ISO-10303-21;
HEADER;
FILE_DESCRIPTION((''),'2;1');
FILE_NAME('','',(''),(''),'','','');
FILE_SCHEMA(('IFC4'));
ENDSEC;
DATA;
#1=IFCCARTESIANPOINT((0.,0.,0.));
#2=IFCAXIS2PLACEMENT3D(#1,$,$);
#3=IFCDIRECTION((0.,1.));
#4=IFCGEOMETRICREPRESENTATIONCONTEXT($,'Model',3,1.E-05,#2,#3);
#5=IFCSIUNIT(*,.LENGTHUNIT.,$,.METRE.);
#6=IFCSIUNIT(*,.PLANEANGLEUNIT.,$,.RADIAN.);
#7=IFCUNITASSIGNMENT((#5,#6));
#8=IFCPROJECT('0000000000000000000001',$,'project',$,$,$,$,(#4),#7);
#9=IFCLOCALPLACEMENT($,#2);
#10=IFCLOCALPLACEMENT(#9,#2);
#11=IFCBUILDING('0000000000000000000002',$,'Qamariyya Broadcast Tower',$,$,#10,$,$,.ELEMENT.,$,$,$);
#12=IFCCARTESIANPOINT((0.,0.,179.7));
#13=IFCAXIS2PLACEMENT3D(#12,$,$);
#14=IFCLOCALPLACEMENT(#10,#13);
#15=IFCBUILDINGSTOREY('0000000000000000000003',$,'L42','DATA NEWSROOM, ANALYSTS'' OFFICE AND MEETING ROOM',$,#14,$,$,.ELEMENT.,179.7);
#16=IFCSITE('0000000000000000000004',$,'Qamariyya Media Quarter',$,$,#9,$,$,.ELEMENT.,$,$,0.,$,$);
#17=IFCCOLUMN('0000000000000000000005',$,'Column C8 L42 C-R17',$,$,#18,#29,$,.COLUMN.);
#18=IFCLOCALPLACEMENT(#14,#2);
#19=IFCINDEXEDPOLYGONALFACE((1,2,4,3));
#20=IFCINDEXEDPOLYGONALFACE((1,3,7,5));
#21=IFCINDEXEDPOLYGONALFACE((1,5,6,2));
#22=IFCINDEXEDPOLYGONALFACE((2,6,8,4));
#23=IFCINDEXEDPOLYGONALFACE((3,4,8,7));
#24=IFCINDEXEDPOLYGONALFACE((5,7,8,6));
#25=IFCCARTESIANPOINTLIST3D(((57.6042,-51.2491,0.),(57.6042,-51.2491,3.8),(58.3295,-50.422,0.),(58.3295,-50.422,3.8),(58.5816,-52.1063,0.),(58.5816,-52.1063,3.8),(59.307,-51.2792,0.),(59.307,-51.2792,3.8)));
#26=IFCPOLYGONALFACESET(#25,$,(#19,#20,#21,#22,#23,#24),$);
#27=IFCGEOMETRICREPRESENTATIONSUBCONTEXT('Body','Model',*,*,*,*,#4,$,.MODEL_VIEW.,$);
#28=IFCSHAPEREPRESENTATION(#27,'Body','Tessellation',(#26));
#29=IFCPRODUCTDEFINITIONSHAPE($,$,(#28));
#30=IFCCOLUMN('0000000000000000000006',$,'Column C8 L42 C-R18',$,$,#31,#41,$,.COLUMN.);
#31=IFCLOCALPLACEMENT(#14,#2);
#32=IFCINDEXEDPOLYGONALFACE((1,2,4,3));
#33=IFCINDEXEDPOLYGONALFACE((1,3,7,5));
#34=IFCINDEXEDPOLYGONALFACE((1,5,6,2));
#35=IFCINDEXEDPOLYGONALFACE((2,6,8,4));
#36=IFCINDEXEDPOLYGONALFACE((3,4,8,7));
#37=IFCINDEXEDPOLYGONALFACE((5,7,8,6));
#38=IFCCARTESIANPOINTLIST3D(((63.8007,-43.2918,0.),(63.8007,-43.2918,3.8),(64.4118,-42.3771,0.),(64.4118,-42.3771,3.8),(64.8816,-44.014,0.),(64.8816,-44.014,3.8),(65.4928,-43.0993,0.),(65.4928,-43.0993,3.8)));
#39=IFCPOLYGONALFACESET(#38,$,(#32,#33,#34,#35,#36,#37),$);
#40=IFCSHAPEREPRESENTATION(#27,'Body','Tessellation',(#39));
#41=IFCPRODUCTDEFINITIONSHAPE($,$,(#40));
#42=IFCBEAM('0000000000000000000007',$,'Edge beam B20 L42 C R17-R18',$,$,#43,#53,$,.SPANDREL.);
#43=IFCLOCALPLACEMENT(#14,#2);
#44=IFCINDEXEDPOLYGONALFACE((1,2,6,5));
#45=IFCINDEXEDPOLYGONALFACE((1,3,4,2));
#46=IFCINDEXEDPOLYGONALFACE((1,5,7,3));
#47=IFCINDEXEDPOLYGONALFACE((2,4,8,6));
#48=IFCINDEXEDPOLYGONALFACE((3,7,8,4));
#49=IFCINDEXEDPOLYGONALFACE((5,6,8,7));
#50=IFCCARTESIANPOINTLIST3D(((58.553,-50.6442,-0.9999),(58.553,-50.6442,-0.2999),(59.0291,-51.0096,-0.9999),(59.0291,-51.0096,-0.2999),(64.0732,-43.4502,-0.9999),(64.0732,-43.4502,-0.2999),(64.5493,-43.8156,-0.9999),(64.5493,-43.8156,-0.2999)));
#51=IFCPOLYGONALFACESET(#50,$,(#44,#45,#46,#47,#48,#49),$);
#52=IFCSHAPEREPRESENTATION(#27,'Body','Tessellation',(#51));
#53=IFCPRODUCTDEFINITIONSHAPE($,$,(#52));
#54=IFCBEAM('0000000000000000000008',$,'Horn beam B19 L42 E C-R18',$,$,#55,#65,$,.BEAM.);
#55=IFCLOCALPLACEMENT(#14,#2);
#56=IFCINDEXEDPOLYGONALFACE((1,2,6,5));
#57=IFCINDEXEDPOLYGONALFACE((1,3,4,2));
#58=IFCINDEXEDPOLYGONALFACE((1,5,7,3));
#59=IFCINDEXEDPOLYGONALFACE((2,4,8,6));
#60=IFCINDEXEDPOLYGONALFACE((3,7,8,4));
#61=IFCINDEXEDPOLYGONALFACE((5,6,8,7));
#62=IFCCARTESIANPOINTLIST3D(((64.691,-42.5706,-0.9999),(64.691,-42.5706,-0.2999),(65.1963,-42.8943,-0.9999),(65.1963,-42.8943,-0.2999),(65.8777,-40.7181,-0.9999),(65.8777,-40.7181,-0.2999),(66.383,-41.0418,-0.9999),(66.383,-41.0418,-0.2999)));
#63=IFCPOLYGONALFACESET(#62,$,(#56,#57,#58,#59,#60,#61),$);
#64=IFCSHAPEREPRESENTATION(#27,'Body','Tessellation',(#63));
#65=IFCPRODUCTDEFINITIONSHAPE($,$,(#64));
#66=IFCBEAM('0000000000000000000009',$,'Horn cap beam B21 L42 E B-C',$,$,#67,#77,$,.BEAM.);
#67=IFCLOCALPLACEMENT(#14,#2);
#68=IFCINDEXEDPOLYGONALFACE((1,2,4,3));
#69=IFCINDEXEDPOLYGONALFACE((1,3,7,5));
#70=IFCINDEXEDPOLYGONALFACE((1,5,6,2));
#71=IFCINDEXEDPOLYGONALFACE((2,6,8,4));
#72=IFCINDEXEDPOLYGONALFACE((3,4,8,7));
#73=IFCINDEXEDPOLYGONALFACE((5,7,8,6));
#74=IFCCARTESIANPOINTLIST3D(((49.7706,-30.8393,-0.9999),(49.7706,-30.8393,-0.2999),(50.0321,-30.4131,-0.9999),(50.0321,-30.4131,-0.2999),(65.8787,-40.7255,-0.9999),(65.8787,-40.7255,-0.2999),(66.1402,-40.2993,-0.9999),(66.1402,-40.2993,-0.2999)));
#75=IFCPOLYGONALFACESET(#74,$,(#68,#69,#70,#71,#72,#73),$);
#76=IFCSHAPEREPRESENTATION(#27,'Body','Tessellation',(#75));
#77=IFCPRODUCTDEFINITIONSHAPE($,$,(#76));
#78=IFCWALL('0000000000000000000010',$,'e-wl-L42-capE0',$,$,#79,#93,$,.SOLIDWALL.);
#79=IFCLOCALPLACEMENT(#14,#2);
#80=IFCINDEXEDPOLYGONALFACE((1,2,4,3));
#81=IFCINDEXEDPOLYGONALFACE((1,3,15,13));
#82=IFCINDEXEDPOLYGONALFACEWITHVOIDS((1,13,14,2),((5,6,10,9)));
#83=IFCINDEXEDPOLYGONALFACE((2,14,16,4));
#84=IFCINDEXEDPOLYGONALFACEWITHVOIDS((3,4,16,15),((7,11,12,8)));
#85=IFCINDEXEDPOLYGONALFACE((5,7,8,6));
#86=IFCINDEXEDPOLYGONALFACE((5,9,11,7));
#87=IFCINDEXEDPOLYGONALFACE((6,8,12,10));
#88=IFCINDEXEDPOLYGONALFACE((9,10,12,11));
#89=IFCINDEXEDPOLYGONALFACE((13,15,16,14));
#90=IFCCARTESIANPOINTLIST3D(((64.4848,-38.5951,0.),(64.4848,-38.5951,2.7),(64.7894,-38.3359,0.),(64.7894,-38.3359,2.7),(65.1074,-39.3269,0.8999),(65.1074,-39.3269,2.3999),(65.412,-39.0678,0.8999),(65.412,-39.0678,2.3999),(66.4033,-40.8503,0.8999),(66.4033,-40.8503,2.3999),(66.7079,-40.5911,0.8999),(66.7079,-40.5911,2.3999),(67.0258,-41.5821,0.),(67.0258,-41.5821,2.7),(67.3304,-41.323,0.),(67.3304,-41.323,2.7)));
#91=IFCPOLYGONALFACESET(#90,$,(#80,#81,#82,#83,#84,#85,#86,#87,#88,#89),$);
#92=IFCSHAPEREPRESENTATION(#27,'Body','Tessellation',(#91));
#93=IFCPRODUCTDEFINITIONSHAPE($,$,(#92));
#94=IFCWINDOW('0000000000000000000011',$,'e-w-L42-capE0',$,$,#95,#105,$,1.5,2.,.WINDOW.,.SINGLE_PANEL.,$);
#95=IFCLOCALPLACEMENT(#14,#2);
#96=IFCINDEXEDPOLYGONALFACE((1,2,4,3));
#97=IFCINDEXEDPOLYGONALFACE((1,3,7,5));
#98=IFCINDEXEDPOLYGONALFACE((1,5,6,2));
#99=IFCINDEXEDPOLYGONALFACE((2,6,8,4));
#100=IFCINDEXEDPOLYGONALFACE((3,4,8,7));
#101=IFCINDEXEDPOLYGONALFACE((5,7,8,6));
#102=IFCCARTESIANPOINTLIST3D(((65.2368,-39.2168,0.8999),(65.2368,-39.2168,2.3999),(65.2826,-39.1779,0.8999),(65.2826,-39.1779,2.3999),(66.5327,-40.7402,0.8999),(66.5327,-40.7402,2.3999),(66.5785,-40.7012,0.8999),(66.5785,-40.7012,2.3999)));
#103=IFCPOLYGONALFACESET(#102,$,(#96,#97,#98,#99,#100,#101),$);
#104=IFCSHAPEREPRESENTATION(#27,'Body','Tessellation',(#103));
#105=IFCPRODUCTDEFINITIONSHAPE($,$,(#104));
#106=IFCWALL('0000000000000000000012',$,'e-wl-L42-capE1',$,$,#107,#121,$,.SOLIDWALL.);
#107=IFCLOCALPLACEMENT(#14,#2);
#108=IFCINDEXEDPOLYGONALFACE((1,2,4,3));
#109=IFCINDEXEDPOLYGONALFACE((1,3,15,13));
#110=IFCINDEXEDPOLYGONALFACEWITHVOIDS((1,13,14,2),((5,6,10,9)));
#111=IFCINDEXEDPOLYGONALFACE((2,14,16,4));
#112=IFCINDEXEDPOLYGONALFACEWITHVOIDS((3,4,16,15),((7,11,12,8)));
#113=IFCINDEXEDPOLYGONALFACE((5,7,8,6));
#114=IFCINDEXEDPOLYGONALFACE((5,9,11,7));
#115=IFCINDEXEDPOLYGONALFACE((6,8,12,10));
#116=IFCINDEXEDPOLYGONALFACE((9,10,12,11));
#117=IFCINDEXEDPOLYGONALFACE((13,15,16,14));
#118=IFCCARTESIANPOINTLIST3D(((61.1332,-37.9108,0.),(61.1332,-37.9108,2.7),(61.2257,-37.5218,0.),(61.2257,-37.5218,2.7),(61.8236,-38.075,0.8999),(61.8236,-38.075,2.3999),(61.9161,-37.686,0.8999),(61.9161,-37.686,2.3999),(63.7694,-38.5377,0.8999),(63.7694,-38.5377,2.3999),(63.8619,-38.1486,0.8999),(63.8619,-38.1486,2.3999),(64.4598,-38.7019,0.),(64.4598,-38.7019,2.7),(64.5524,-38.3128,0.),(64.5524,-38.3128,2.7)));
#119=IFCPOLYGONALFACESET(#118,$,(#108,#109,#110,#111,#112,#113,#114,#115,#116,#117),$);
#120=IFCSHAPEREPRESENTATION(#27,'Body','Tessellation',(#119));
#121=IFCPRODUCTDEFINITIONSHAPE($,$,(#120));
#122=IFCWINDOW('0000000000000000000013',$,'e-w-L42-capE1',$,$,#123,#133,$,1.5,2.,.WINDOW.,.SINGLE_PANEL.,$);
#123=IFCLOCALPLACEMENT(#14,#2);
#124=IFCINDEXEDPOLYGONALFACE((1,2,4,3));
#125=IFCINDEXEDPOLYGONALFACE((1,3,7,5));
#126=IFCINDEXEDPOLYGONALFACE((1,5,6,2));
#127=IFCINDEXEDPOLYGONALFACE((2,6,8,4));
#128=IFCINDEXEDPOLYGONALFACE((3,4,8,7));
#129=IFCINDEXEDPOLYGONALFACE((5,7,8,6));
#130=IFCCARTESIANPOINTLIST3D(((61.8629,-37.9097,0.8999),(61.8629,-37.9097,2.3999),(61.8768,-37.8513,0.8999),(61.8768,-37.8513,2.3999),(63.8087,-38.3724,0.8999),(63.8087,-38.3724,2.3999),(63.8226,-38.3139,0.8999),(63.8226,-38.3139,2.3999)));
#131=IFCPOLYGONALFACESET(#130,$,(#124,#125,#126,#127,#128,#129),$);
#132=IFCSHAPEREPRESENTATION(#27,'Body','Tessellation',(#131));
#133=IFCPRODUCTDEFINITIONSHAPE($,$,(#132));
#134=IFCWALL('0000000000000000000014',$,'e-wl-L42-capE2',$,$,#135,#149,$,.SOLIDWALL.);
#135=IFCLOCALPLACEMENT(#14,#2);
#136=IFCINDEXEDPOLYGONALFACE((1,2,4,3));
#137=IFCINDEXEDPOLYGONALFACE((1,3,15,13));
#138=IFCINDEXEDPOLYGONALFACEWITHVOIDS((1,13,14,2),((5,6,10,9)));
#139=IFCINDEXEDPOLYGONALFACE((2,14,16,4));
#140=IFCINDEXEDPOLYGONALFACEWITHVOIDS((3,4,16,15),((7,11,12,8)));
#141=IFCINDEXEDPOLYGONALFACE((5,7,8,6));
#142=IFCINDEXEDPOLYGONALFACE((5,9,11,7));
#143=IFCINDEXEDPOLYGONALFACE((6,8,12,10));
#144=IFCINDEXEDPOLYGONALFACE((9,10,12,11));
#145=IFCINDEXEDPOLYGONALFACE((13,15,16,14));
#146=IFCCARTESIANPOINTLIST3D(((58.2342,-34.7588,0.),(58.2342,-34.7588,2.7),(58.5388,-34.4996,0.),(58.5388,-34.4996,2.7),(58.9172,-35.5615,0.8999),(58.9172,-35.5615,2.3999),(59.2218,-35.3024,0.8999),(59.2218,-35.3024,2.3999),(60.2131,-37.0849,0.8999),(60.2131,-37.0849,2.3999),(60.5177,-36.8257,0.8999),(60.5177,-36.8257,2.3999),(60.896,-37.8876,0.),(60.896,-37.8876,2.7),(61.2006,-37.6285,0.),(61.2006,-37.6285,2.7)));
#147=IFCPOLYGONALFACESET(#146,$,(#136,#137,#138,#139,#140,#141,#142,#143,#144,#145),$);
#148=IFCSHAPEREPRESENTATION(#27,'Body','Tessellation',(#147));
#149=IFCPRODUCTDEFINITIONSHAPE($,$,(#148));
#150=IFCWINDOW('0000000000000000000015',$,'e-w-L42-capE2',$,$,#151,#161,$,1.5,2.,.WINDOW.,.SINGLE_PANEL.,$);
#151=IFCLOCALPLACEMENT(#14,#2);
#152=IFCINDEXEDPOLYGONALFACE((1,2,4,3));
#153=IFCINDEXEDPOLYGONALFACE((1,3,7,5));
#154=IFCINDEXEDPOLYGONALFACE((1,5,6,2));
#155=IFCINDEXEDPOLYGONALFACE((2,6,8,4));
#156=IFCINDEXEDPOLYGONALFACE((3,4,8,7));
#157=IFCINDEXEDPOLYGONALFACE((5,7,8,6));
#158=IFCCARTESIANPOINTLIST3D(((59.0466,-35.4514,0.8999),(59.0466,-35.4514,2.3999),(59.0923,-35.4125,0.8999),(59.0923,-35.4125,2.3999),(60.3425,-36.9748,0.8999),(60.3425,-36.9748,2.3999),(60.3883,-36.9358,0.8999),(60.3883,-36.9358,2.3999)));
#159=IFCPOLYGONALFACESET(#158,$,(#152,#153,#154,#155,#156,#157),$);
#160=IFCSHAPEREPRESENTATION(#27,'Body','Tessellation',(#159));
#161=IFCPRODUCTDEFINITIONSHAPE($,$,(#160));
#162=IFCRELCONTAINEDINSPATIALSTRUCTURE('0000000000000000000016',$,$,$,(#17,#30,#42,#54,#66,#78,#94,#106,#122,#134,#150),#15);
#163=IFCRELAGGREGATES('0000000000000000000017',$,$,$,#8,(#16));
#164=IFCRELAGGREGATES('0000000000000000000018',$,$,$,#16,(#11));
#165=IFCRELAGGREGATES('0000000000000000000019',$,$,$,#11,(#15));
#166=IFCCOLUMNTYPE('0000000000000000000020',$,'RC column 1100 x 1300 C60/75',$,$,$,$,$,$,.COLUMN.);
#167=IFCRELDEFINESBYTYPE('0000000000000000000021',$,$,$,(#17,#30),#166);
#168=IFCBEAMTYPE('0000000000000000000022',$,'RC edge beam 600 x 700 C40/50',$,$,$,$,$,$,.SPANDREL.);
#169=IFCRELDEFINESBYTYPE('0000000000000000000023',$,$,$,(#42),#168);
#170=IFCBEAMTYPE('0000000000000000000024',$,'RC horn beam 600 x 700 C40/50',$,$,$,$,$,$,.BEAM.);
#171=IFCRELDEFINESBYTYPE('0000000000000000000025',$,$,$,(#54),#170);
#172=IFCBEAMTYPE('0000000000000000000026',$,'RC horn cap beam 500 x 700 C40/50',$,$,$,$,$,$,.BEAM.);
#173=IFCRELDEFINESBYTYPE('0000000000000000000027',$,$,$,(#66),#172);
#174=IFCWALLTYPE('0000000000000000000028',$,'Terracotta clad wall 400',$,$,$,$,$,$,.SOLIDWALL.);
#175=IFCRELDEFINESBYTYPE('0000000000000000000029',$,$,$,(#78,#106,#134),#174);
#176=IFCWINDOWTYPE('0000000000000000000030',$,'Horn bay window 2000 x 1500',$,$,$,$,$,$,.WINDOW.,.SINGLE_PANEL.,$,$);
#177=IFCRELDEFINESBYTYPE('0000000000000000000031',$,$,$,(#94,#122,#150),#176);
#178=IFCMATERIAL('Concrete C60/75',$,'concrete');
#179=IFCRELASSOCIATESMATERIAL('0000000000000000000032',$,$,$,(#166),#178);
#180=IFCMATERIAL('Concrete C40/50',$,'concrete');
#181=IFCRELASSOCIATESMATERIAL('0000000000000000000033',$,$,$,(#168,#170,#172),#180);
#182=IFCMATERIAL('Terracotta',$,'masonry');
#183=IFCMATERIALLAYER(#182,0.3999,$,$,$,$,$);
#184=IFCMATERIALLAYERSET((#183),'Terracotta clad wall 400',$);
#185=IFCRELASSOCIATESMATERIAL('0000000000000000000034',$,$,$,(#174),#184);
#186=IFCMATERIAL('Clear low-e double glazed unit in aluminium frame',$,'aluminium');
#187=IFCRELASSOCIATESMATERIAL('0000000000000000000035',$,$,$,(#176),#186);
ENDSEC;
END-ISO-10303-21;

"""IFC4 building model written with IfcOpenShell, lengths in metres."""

from ifc_helpers import new_model, si_unit, direction, frame, frame_2d, origin, origin_2d, place, context, subcontext, project, spatial, rectangle, extrude, material, layer, layer_set, material_profile, profile_set, type_object, element, fill, save


model = new_model("IFC4")

# Units and contexts
model_context = context("Model", 3, precision=1e-05, world=origin(), true_north=direction((0.0, 1.0)))
body_context = subcontext(model_context, "Body", "Model", "MODEL_VIEW")
ifc_project = project(units=[si_unit("LENGTHUNIT", "METRE"), si_unit("PLANEANGLEUNIT", "RADIAN")], contexts=[model_context])

# Site, building, storey
site_placement = place(None, origin())
site = spatial("IfcSite", under=ifc_project, at=site_placement, Name="Qamariyya Media Quarter", CompositionType="ELEMENT", RefElevation=0.0)
building_placement = place(site_placement, origin())
building = spatial("IfcBuilding", under=site, at=building_placement, Name="Qamariyya Broadcast Tower", CompositionType="ELEMENT")
storey_placement = place(building_placement, frame((0.0, 0.0, 179.7)))
storey = spatial("IfcBuildingStorey", under=building, at=storey_placement, Name="L42", Description="DATA NEWSROOM, ANALYSTS' OFFICE AND MEETING ROOM", CompositionType="ELEMENT", Elevation=179.7)

# Columns
ifc_material_1 = material(Name="Concrete C60/75", Category="concrete")
ifc_material_profile_1 = material_profile(ifc_material_1, rectangle(XDim=1.1001, YDim=1.3, at=origin_2d()))
ifc_profile_set_1 = profile_set([ifc_material_profile_1], Name="Concrete C60/75")
column_type = type_object("IfcColumnType", Name="RC column 1100 x 1300 C60/75", PredefinedType="COLUMN", material=ifc_profile_set_1)
for number, where, z_axis, x_axis, name in (
    (1, (58.4556, -51.2642, 0.0), (0.0, 0.0, 1.0), (0.659346, 0.75184, 0.0), "Column C8 L42 C-R17"),
    (2, (64.6467, -43.1956, 0.0), (0.0, 0.0, 1.0), (0.55557, 0.83147, 0.0), "Column C8 L42 C-R18"),
):
    element("IfcColumn", number, at=place(storey_placement, frame(where, z_axis=z_axis, x_axis=x_axis)), inside=storey, type_object=column_type, Name=name, PredefinedType="COLUMN", context=body_context, shape_type="SweptSolid", body=[
        extrude(rectangle(XDim=1.1001, YDim=1.3, at=origin_2d()), origin(), (0.0, 0.0, 1.0), 3.8),
    ])

# Beams
ifc_material_2 = material(Name="Concrete C40/50", Category="concrete")
ifc_material_profile_2 = material_profile(ifc_material_2, rectangle(XDim=0.6001, YDim=0.7, at=origin_2d()))
ifc_profile_set_2 = profile_set([ifc_material_profile_2], Name="Concrete C40/50")
beam_type_1 = type_object("IfcBeamType", Name="RC edge beam 600 x 700 C40/50", PredefinedType="SPANDREL", material=ifc_profile_set_2)
beam_1_placement = place(storey_placement, frame((58.791, -50.8269, -0.6499), z_axis=(0.608764, 0.793351, 0.0), x_axis=(-0.793351, 0.608764, 0.0)))
element("IfcBeam", 3, at=beam_1_placement, inside=storey, type_object=beam_type_1, Name="Edge beam B20 L42 C R17-R18", PredefinedType="SPANDREL", context=body_context, shape_type="SweptSolid", body=[
    extrude(rectangle(XDim=0.6001, YDim=0.7, at=origin_2d()), origin(), (0.0, 0.0, 1.0), 9.0679),
])
ifc_material_profile_3 = material_profile(ifc_material_2, rectangle(XDim=0.6001, YDim=0.7, at=origin_2d()))
ifc_profile_set_3 = profile_set([ifc_material_profile_3], Name="Concrete C40/50")
beam_type_2 = type_object("IfcBeamType", Name="RC horn beam 600 x 700 C40/50", PredefinedType="BEAM", material=ifc_profile_set_3)
beam_2_placement = place(storey_placement, frame((64.9436, -42.7324, -0.6499), z_axis=(0.539422, 0.842036, 0.0), x_axis=(-0.842036, 0.539422, 0.0)))
element("IfcBeam", 4, at=beam_2_placement, inside=storey, type_object=beam_type_2, Name="Horn beam B19 L42 E C-R18", PredefinedType="BEAM", context=body_context, shape_type="SweptSolid", body=[
    extrude(rectangle(XDim=0.6001, YDim=0.7, at=origin_2d()), origin(), (0.0, 0.0, 1.0), 2.2),
])
ifc_material_profile_4 = material_profile(ifc_material_2, rectangle(XDim=0.5, YDim=0.7, at=origin_2d()))
ifc_profile_set_4 = profile_set([ifc_material_profile_4], Name="Concrete C40/50")
beam_type_3 = type_object("IfcBeamType", Name="RC horn cap beam 500 x 700 C40/50", PredefinedType="BEAM", material=ifc_profile_set_4)
beam_3_placement = place(storey_placement, frame((49.9014, -30.6262, -0.6499), z_axis=(0.852283, -0.523081, 0.0), x_axis=(0.523081, 0.852283, 0.0)))
element("IfcBeam", 5, at=beam_3_placement, inside=storey, type_object=beam_type_3, Name="Horn cap beam B21 L42 E B-C", PredefinedType="BEAM", context=body_context, shape_type="SweptSolid", body=[
    extrude(rectangle(XDim=0.5, YDim=0.7, at=origin_2d()), origin(), (0.0, 0.0, 1.0), 18.8999),
])

# Walls, openings, windows
ifc_material_3 = material(Name="Terracotta", Category="masonry")
ifc_layer = layer(ifc_material_3, 0.3999)
ifc_layer_set = layer_set([ifc_layer], Name="Terracotta clad wall 400")
wall_type = type_object("IfcWallType", Name="Terracotta clad wall 400", PredefinedType="SOLIDWALL", material=ifc_layer_set)
wall_1_placement = place(storey_placement, frame((67.1782, -41.4526, 0.0), z_axis=(0.0, 0.0, 1.0), x_axis=(-0.647947, 0.761686, 0.0)))
wall_1 = element("IfcWall", 6, at=wall_1_placement, inside=storey, type_object=wall_type, Name="e-wl-L42-capE0", PredefinedType="SOLIDWALL", context=body_context, shape_type="SweptSolid", body=[
    extrude(rectangle(XDim=3.9216, YDim=0.3999, at=frame_2d((1.9609, 0.0))), origin(), (0.0, 0.0, 1.0), 2.7),
])
opening_1_placement = place(wall_1_placement, frame((0.9609, 0.0, 0.8999)))
opening_1 = element("IfcOpeningElement", 7, at=opening_1_placement, cuts=wall_1, PredefinedType="OPENING", context=body_context, shape_type="SweptSolid", body=[
    extrude(rectangle(XDim=2.0, YDim=1.5, at=frame_2d((1.0, 0.75))), frame((0.0, 0.21, 0.0), z_axis=(0.0, -1.0, 0.0), x_axis=(1.0, 0.0, 0.0)), (0.0, 0.0, 1.0), 0.4199),
])
ifc_material_4 = material(Name="Clear low-e double glazed unit in aluminium frame", Category="aluminium")
window_type = type_object("IfcWindowType", Name="Horn bay window 2000 x 1500", PartitioningType="SINGLE_PANEL", PredefinedType="WINDOW", material=ifc_material_4)
window_1_placement = place(opening_1_placement, origin())
window_1 = element("IfcWindow", 8, at=window_1_placement, inside=storey, type_object=window_type, Name="e-w-L42-capE0", OverallHeight=1.5, OverallWidth=2.0, PartitioningType="SINGLE_PANEL", PredefinedType="WINDOW", context=body_context, shape_type="SweptSolid", body=[
    extrude(rectangle(XDim=2.0, YDim=1.5, at=frame_2d((1.0, 0.75))), frame((0.0, 0.03, 0.0), z_axis=(0.0, -1.0, 0.0), x_axis=(1.0, 0.0, 0.0)), (0.0, 0.0, 1.0), 0.0601),
])
fill(opening_1, window_1)
wall_2_placement = place(storey_placement, frame((64.5061, -38.5073, 0.0), z_axis=(0.0, 0.0, 1.0), x_axis=(-0.972875, 0.231331, 0.0)))
wall_2 = element("IfcWall", 9, at=wall_2_placement, inside=storey, type_object=wall_type, Name="e-wl-L42-capE1", PredefinedType="SOLIDWALL", context=body_context, shape_type="SweptSolid", body=[
    extrude(rectangle(XDim=3.4194, YDim=0.3999, at=frame_2d((1.7097, 0.0))), origin(), (0.0, 0.0, 1.0), 2.7),
])
opening_2_placement = place(wall_2_placement, frame((0.7097, 0.0, 0.8999)))
opening_2 = element("IfcOpeningElement", 10, at=opening_2_placement, cuts=wall_2, PredefinedType="OPENING", context=body_context, shape_type="SweptSolid", body=[
    extrude(rectangle(XDim=2.0, YDim=1.5, at=frame_2d((1.0, 0.75))), frame((0.0, 0.21, 0.0), z_axis=(0.0, -1.0, 0.0), x_axis=(1.0, 0.0, 0.0)), (0.0, 0.0, 1.0), 0.4199),
])
window_2_placement = place(opening_2_placement, origin())
window_2 = element("IfcWindow", 11, at=window_2_placement, inside=storey, type_object=window_type, Name="e-w-L42-capE1", OverallHeight=1.5, OverallWidth=2.0, PartitioningType="SINGLE_PANEL", PredefinedType="WINDOW", context=body_context, shape_type="SweptSolid", body=[
    extrude(rectangle(XDim=2.0, YDim=1.5, at=frame_2d((1.0, 0.75))), frame((0.0, 0.03, 0.0), z_axis=(0.0, -1.0, 0.0), x_axis=(1.0, 0.0, 0.0)), (0.0, 0.0, 1.0), 0.0601),
])
fill(opening_2, window_2)
wall_3_placement = place(storey_placement, frame((61.0483, -37.7581, 0.0), z_axis=(0.0, 0.0, 1.0), x_axis=(-0.647973, 0.761664, 0.0)))
wall_3 = element("IfcWall", 12, at=wall_3_placement, inside=storey, type_object=wall_type, Name="e-wl-L42-capE2", PredefinedType="SOLIDWALL", context=body_context, shape_type="SweptSolid", body=[
    extrude(rectangle(XDim=4.1079, YDim=0.3999, at=frame_2d((2.054, 0.0))), origin(), (0.0, 0.0, 1.0), 2.7),
])
opening_3_placement = place(wall_3_placement, frame((1.054, 0.0, 0.8999)))
opening_3 = element("IfcOpeningElement", 13, at=opening_3_placement, cuts=wall_3, PredefinedType="OPENING", context=body_context, shape_type="SweptSolid", body=[
    extrude(rectangle(XDim=2.0, YDim=1.5, at=frame_2d((1.0, 0.75))), frame((0.0, 0.21, 0.0), z_axis=(0.0, -1.0, 0.0), x_axis=(1.0, 0.0, 0.0)), (0.0, 0.0, 1.0), 0.4199),
])
window_3_placement = place(opening_3_placement, origin())
window_3 = element("IfcWindow", 14, at=window_3_placement, inside=storey, type_object=window_type, Name="e-w-L42-capE2", OverallHeight=1.5, OverallWidth=2.0, PartitioningType="SINGLE_PANEL", PredefinedType="WINDOW", context=body_context, shape_type="SweptSolid", body=[
    extrude(rectangle(XDim=2.0, YDim=1.5, at=frame_2d((1.0, 0.75))), frame((0.0, 0.03, 0.0), z_axis=(0.0, -1.0, 0.0), x_axis=(1.0, 0.0, 0.0)), (0.0, 0.0, 1.0), 0.0601),
])
fill(opening_3, window_3)

save(model, "model.ifc")
